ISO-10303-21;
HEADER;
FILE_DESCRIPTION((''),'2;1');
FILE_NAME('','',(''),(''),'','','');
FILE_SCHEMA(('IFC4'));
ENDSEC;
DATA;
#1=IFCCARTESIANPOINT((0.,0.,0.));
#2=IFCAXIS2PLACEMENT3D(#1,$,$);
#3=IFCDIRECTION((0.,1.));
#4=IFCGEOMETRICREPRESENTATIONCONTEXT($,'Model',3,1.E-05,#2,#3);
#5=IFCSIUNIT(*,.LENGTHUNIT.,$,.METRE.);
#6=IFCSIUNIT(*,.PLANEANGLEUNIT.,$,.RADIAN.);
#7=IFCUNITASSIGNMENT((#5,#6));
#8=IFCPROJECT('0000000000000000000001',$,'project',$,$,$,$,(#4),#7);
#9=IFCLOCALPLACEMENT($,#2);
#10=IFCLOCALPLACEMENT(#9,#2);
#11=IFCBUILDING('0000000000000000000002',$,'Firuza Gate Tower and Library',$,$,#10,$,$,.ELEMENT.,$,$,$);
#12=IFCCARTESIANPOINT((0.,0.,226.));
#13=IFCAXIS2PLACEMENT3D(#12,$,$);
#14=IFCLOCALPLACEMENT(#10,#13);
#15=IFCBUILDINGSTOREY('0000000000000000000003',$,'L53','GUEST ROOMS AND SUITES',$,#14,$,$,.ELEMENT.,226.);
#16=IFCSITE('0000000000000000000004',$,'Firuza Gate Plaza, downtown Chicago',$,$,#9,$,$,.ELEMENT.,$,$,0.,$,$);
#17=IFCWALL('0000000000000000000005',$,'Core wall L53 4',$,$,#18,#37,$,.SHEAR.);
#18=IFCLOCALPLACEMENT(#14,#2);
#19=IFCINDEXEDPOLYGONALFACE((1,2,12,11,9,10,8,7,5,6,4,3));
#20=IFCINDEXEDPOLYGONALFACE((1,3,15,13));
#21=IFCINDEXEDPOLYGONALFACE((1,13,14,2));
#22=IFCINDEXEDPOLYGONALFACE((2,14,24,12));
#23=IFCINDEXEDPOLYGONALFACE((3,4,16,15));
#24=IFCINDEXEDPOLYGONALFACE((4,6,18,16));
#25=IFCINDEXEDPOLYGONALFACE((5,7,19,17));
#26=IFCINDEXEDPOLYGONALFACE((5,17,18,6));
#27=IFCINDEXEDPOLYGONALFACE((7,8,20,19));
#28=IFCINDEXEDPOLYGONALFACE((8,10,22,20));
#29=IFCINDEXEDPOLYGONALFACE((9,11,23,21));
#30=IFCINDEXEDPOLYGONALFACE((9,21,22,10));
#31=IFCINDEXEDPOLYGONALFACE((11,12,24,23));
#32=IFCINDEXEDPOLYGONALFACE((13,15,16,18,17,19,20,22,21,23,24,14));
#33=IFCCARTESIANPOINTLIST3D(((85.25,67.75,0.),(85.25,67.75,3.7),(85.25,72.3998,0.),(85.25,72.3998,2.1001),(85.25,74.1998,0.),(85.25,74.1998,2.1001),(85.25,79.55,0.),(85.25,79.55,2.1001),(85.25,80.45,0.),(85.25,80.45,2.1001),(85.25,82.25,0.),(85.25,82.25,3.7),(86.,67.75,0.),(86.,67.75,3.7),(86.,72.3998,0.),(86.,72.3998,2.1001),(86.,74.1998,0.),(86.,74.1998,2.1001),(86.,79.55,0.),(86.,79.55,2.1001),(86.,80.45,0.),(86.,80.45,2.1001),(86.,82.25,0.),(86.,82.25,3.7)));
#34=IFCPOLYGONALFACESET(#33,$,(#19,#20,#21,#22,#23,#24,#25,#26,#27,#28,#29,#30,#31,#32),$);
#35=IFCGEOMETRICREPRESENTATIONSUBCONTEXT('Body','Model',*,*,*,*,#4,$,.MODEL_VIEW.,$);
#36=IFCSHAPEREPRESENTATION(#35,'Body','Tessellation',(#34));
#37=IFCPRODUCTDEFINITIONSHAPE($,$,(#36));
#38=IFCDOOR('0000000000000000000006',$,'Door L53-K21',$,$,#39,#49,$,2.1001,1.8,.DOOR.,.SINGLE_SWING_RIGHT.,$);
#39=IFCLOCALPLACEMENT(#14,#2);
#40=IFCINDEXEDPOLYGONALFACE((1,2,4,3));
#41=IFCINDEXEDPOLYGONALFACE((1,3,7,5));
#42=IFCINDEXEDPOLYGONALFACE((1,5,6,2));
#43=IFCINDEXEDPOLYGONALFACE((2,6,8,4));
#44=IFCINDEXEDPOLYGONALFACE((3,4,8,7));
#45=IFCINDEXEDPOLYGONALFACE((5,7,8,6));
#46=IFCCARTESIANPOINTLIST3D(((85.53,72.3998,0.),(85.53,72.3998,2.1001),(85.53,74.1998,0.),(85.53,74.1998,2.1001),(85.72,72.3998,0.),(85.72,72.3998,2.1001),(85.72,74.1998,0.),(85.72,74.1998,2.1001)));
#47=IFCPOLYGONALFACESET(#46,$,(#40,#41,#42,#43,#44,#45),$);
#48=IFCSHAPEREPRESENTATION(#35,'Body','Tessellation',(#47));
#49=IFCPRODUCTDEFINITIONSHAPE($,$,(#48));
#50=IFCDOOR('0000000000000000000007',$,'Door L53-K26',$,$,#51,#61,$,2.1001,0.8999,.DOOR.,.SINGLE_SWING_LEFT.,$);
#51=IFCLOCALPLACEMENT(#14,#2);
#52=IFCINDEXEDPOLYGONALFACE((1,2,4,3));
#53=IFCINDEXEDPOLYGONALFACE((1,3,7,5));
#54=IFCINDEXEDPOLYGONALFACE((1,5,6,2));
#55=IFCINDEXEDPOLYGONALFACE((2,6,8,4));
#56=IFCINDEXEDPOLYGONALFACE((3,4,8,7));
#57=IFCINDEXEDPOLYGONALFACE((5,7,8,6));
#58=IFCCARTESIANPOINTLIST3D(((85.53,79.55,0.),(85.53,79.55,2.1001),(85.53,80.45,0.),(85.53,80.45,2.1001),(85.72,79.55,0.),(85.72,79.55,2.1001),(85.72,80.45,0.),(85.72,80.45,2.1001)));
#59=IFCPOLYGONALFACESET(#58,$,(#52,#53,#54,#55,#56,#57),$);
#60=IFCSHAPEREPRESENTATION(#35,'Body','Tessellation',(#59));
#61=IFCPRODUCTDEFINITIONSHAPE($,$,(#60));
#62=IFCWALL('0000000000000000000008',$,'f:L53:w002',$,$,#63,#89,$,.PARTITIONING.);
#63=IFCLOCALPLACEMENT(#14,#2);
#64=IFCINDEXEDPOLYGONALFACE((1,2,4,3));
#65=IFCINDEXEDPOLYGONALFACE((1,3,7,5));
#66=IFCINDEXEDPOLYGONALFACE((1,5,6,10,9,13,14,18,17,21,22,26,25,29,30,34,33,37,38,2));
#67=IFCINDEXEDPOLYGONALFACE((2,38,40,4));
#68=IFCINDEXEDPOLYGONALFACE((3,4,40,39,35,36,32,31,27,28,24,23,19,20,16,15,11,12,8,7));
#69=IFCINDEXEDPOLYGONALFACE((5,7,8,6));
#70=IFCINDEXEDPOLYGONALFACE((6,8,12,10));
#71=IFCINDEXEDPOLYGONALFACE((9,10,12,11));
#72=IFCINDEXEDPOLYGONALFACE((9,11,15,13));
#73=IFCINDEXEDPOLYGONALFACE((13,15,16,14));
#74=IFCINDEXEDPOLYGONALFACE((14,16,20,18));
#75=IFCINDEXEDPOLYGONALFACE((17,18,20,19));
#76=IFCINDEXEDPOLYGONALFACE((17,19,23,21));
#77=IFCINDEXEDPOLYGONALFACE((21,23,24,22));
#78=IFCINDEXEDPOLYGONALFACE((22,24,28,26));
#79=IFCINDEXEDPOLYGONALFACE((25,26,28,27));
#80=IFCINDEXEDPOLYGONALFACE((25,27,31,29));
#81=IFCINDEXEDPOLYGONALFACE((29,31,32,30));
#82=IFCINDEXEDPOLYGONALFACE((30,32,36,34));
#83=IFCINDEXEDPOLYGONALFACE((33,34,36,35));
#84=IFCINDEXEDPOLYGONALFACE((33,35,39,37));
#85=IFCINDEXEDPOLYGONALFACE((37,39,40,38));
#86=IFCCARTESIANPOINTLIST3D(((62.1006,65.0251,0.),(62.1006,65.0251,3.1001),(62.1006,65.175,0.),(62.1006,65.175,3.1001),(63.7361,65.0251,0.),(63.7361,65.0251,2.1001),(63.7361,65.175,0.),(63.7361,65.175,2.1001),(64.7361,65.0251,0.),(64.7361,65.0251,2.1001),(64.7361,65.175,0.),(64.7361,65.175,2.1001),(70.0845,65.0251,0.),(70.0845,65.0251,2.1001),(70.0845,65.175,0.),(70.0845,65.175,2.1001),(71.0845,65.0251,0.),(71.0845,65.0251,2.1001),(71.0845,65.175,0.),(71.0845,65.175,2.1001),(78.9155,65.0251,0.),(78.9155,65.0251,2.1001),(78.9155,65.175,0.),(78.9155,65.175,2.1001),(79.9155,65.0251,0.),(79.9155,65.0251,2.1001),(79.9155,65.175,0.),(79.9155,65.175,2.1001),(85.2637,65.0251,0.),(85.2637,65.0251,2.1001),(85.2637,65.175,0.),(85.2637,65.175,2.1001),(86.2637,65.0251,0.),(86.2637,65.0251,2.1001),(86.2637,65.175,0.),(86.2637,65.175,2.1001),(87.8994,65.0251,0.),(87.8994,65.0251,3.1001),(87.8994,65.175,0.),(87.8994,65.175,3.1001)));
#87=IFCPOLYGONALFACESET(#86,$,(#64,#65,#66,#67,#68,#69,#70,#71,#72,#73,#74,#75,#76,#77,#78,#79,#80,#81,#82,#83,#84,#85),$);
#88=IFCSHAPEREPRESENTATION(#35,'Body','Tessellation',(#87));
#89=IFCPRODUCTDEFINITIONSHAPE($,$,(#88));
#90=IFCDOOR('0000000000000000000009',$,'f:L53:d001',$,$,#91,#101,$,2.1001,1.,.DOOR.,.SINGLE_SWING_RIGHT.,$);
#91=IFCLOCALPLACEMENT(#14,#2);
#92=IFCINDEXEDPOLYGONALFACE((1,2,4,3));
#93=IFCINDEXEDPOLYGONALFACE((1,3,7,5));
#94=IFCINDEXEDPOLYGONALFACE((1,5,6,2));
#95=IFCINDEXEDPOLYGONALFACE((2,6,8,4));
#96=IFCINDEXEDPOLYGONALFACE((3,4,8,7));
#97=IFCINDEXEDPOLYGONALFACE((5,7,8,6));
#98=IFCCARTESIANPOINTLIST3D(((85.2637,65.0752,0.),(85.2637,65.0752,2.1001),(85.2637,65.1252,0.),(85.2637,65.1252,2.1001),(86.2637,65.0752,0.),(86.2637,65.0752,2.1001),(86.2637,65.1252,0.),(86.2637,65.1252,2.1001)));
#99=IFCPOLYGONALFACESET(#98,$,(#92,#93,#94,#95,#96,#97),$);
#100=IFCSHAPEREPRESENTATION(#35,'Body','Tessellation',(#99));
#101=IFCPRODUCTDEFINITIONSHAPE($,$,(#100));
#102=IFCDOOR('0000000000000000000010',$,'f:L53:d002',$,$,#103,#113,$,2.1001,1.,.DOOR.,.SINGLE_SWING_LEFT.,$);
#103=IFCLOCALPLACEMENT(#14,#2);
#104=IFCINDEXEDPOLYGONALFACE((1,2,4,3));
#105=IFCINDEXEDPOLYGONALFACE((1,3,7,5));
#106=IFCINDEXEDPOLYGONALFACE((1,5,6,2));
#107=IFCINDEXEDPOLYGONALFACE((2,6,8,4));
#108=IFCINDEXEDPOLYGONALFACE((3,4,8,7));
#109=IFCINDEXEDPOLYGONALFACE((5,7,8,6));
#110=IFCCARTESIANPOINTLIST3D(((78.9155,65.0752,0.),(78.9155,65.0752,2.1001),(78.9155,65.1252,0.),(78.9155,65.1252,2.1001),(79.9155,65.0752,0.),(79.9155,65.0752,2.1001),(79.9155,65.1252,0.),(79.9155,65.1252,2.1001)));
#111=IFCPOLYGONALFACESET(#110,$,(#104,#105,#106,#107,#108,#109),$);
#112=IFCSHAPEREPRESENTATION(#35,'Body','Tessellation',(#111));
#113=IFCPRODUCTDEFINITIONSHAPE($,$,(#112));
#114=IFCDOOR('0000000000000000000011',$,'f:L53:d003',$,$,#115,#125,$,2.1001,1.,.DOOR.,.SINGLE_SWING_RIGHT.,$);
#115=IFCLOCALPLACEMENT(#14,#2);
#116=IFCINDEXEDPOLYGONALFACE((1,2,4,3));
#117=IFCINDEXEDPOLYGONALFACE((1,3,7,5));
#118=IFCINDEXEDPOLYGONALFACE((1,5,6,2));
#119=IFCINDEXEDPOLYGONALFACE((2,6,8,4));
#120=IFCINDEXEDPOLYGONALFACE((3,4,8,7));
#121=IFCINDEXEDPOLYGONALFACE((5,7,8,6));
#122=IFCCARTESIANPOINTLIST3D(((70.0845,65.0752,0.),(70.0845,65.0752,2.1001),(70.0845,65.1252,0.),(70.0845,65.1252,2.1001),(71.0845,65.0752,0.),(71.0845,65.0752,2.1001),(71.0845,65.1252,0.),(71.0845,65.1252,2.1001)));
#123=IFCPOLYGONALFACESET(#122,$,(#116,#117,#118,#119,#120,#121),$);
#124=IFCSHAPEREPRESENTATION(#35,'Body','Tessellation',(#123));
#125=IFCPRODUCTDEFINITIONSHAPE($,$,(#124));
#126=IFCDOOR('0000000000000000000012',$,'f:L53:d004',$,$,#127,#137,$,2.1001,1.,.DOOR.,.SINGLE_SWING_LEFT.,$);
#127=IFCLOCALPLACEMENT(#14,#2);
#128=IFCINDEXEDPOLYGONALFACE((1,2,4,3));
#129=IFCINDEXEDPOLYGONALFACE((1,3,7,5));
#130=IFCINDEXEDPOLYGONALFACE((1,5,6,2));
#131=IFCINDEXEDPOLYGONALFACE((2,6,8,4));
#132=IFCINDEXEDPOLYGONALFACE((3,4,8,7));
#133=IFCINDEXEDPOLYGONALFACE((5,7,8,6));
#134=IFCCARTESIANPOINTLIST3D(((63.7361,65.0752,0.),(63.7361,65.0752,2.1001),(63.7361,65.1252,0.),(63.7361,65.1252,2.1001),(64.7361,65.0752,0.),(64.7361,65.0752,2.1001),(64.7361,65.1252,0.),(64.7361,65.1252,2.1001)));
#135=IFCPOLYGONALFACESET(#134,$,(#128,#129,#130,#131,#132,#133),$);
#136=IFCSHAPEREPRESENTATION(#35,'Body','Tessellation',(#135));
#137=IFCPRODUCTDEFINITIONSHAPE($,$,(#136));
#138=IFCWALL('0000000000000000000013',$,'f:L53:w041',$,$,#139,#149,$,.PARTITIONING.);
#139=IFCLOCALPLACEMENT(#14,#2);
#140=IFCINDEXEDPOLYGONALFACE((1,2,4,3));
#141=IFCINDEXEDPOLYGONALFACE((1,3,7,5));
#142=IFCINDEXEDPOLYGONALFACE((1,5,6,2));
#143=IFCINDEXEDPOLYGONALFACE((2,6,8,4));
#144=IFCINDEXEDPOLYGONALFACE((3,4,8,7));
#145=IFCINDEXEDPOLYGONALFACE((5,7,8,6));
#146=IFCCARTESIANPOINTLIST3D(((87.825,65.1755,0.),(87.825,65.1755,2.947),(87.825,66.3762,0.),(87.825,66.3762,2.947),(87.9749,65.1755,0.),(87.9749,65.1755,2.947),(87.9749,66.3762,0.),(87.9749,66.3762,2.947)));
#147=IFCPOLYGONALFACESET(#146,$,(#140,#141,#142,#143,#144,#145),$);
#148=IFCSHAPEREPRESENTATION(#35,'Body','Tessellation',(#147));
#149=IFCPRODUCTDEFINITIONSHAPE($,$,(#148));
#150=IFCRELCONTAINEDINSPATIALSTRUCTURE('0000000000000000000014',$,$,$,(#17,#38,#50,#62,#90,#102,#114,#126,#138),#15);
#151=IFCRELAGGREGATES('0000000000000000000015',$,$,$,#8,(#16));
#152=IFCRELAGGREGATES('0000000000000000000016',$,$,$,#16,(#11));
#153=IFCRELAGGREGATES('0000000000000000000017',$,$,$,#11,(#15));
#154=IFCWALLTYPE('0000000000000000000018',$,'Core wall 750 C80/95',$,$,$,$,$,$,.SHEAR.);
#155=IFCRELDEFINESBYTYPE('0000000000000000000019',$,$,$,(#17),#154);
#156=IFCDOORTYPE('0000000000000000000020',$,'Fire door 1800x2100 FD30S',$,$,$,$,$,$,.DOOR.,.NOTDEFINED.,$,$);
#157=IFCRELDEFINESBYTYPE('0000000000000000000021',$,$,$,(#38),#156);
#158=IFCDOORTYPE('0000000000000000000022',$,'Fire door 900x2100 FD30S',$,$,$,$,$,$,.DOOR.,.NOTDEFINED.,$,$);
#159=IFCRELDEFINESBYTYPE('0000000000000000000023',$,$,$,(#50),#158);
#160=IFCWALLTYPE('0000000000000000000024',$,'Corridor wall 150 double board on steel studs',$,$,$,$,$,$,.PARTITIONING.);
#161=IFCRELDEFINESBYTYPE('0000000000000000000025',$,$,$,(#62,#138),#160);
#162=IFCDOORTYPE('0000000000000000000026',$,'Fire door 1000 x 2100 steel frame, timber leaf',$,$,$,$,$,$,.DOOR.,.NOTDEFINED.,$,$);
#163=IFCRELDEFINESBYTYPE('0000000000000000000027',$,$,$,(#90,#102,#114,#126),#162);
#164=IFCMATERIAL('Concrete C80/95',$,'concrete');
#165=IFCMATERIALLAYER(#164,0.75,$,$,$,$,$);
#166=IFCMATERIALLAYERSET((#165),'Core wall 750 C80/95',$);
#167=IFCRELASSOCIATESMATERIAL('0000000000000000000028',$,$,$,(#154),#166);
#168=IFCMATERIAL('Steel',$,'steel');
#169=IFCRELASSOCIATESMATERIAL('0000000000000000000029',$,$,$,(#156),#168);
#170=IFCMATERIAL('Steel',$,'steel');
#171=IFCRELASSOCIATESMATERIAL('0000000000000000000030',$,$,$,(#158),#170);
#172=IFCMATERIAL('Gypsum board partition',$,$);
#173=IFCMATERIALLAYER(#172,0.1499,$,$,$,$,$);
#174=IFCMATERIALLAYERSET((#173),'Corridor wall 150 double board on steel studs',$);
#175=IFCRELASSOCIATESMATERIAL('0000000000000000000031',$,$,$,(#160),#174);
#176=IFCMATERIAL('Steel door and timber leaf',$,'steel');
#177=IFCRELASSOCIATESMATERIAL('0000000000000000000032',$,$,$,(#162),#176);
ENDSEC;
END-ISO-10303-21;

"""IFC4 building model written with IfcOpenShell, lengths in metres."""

from ifc_helpers import new_model, si_unit, direction, frame, frame_2d, origin, place, context, subcontext, project, spatial, rectangle, extrude, material, layer, layer_set, type_object, element, fill, save


model = new_model("IFC4")

# Units and contexts
model_context = context("Model", 3, precision=1e-05, world=origin(), true_north=direction((0.0, 1.0)))
body_context = subcontext(model_context, "Body", "Model", "MODEL_VIEW")
ifc_project = project(units=[si_unit("LENGTHUNIT", "METRE"), si_unit("PLANEANGLEUNIT", "RADIAN")], contexts=[model_context])

# Site, building, storey
site_placement = place(None, origin())
site = spatial("IfcSite", under=ifc_project, at=site_placement, Name="Firuza Gate Plaza, downtown Chicago", CompositionType="ELEMENT", RefElevation=0.0)
building_placement = place(site_placement, origin())
building = spatial("IfcBuilding", under=site, at=building_placement, Name="Firuza Gate Tower and Library", CompositionType="ELEMENT")
storey_placement = place(building_placement, frame((0.0, 0.0, 226.0)))
storey = spatial("IfcBuildingStorey", under=building, at=storey_placement, Name="L53", Description="GUEST ROOMS AND SUITES", CompositionType="ELEMENT", Elevation=226.0)

# Walls, openings, doors
ifc_material_1 = material(Name="Concrete C80/95", Category="concrete")
ifc_layer_1 = layer(ifc_material_1, 0.75)
ifc_layer_set_1 = layer_set([ifc_layer_1], Name="Core wall 750 C80/95")
wall_type_1 = type_object("IfcWallType", Name="Core wall 750 C80/95", PredefinedType="SHEAR", material=ifc_layer_set_1)
wall_1_placement = place(storey_placement, frame((85.625, 67.75, 0.0), z_axis=(0.0, 0.0, 1.0), x_axis=(0.0, 1.0, 0.0)))
wall_1 = element("IfcWall", 1, at=wall_1_placement, inside=storey, type_object=wall_type_1, Name="Core wall L53 4", PredefinedType="SHEAR", context=body_context, shape_type="SweptSolid", body=[
    extrude(rectangle(XDim=14.5, YDim=0.75, at=frame_2d((7.25, 0.0))), origin(), (0.0, 0.0, 1.0), 3.7),
])
opening_1_placement = place(wall_1_placement, frame((4.6499, 0.0, 0.0)))
opening_1 = element("IfcOpeningElement", 2, at=opening_1_placement, cuts=wall_1, PredefinedType="OPENING", context=body_context, shape_type="SweptSolid", body=[
    extrude(rectangle(XDim=1.8, YDim=2.1001, at=frame_2d((0.8999, 1.05))), frame((0.0, 0.385, 0.0), z_axis=(0.0, -1.0, 0.0), x_axis=(1.0, 0.0, 0.0)), (0.0, 0.0, 1.0), 0.77),
])
opening_2_placement = place(wall_1_placement, frame((11.8, 0.0, 0.0)))
opening_2 = element("IfcOpeningElement", 3, at=opening_2_placement, cuts=wall_1, PredefinedType="OPENING", context=body_context, shape_type="SweptSolid", body=[
    extrude(rectangle(XDim=0.8999, YDim=2.1001, at=frame_2d((0.45, 1.05))), frame((0.0, 0.385, 0.0), z_axis=(0.0, -1.0, 0.0), x_axis=(1.0, 0.0, 0.0)), (0.0, 0.0, 1.0), 0.77),
])
ifc_material_2 = material(Name="Steel", Category="steel")
door_type_1 = type_object("IfcDoorType", Name="Fire door 1800x2100 FD30S", OperationType="NOTDEFINED", PredefinedType="DOOR", material=ifc_material_2)
door_1_placement = place(opening_1_placement, origin())
door_1 = element("IfcDoor", 4, at=door_1_placement, inside=storey, type_object=door_type_1, Name="Door L53-K21", OperationType="SINGLE_SWING_RIGHT", OverallHeight=2.1001, OverallWidth=1.8, PredefinedType="DOOR", context=body_context, shape_type="SweptSolid", body=[
    extrude(rectangle(XDim=1.8, YDim=2.1001, at=frame_2d((0.8999, 1.05))), frame((0.0, 0.095, 0.0), z_axis=(0.0, -1.0, 0.0), x_axis=(1.0, 0.0, 0.0)), (0.0, 0.0, 1.0), 0.1899),
])
fill(opening_1, door_1)
ifc_material_3 = material(Name="Steel", Category="steel")
door_type_2 = type_object("IfcDoorType", Name="Fire door 900x2100 FD30S", OperationType="NOTDEFINED", PredefinedType="DOOR", material=ifc_material_3)
door_2_placement = place(opening_2_placement, origin())
door_2 = element("IfcDoor", 5, at=door_2_placement, inside=storey, type_object=door_type_2, Name="Door L53-K26", OperationType="SINGLE_SWING_LEFT", OverallHeight=2.1001, OverallWidth=0.8999, PredefinedType="DOOR", context=body_context, shape_type="SweptSolid", body=[
    extrude(rectangle(XDim=0.8999, YDim=2.1001, at=frame_2d((0.45, 1.05))), frame((0.0, 0.095, 0.0), z_axis=(0.0, -1.0, 0.0), x_axis=(1.0, 0.0, 0.0)), (0.0, 0.0, 1.0), 0.1899),
])
fill(opening_2, door_2)
ifc_material_4 = material(Name="Gypsum board partition")
ifc_layer_2 = layer(ifc_material_4, 0.1499)
ifc_layer_set_2 = layer_set([ifc_layer_2], Name="Corridor wall 150 double board on steel studs")
wall_type_2 = type_object("IfcWallType", Name="Corridor wall 150 double board on steel studs", PredefinedType="PARTITIONING", material=ifc_layer_set_2)
wall_2_placement = place(storey_placement, frame((87.8994, 65.1001, 0.0), z_axis=(0.0, 0.0, 1.0), x_axis=(-1.0, 0.0, 0.0)))
wall_2 = element("IfcWall", 6, at=wall_2_placement, inside=storey, type_object=wall_type_2, Name="f:L53:w002", PredefinedType="PARTITIONING", context=body_context, shape_type="SweptSolid", body=[
    extrude(rectangle(XDim=25.7988, YDim=0.1499, at=frame_2d((12.8994, 0.0))), origin(), (0.0, 0.0, 1.0), 3.1001),
])
opening_3_placement = place(wall_2_placement, frame((1.6357, 0.0, 0.0)))
opening_3 = element("IfcOpeningElement", 7, at=opening_3_placement, cuts=wall_2, PredefinedType="OPENING", context=body_context, shape_type="SweptSolid", body=[
    extrude(rectangle(XDim=1.0, YDim=2.1001, at=frame_2d((0.5, 1.05))), frame((0.0, 0.085, 0.0), z_axis=(0.0, -1.0, 0.0), x_axis=(1.0, 0.0, 0.0)), (0.0, 0.0, 1.0), 0.1699),
])
opening_4_placement = place(wall_2_placement, frame((7.9839, 0.0, 0.0)))
opening_4 = element("IfcOpeningElement", 8, at=opening_4_placement, cuts=wall_2, PredefinedType="OPENING", context=body_context, shape_type="SweptSolid", body=[
    extrude(rectangle(XDim=1.0, YDim=2.1001, at=frame_2d((0.5, 1.05))), frame((0.0, 0.085, 0.0), z_axis=(0.0, -1.0, 0.0), x_axis=(1.0, 0.0, 0.0)), (0.0, 0.0, 1.0), 0.1699),
])
opening_5_placement = place(wall_2_placement, frame((16.8149, 0.0, 0.0)))
opening_5 = element("IfcOpeningElement", 9, at=opening_5_placement, cuts=wall_2, PredefinedType="OPENING", context=body_context, shape_type="SweptSolid", body=[
    extrude(rectangle(XDim=1.0, YDim=2.1001, at=frame_2d((0.5, 1.05))), frame((0.0, 0.085, 0.0), z_axis=(0.0, -1.0, 0.0), x_axis=(1.0, 0.0, 0.0)), (0.0, 0.0, 1.0), 0.1699),
])
opening_6_placement = place(wall_2_placement, frame((23.1633, 0.0, 0.0)))
opening_6 = element("IfcOpeningElement", 10, at=opening_6_placement, cuts=wall_2, PredefinedType="OPENING", context=body_context, shape_type="SweptSolid", body=[
    extrude(rectangle(XDim=1.0, YDim=2.1001, at=frame_2d((0.5, 1.05))), frame((0.0, 0.085, 0.0), z_axis=(0.0, -1.0, 0.0), x_axis=(1.0, 0.0, 0.0)), (0.0, 0.0, 1.0), 0.1699),
])
ifc_material_5 = material(Name="Steel door and timber leaf", Category="steel")
door_type_3 = type_object("IfcDoorType", Name="Fire door 1000 x 2100 steel frame, timber leaf", OperationType="NOTDEFINED", PredefinedType="DOOR", material=ifc_material_5)
door_3_placement = place(opening_3_placement, origin())
door_3 = element("IfcDoor", 11, at=door_3_placement, inside=storey, type_object=door_type_3, Name="f:L53:d001", OperationType="SINGLE_SWING_RIGHT", OverallHeight=2.1001, OverallWidth=1.0, PredefinedType="DOOR", context=body_context, shape_type="SweptSolid", body=[
    extrude(rectangle(XDim=1.0, YDim=2.1001, at=frame_2d((0.5, 1.05))), frame((0.0, 0.0249, 0.0), z_axis=(0.0, -1.0, 0.0), x_axis=(1.0, 0.0, 0.0)), (0.0, 0.0, 1.0), 0.05),
])
fill(opening_3, door_3)
door_4_placement = place(opening_4_placement, origin())
door_4 = element("IfcDoor", 12, at=door_4_placement, inside=storey, type_object=door_type_3, Name="f:L53:d002", OperationType="SINGLE_SWING_LEFT", OverallHeight=2.1001, OverallWidth=1.0, PredefinedType="DOOR", context=body_context, shape_type="SweptSolid", body=[
    extrude(rectangle(XDim=1.0, YDim=2.1001, at=frame_2d((0.5, 1.05))), frame((0.0, 0.0249, 0.0), z_axis=(0.0, -1.0, 0.0), x_axis=(1.0, 0.0, 0.0)), (0.0, 0.0, 1.0), 0.05),
])
fill(opening_4, door_4)
door_5_placement = place(opening_5_placement, origin())
door_5 = element("IfcDoor", 13, at=door_5_placement, inside=storey, type_object=door_type_3, Name="f:L53:d003", OperationType="SINGLE_SWING_RIGHT", OverallHeight=2.1001, OverallWidth=1.0, PredefinedType="DOOR", context=body_context, shape_type="SweptSolid", body=[
    extrude(rectangle(XDim=1.0, YDim=2.1001, at=frame_2d((0.5, 1.05))), frame((0.0, 0.0249, 0.0), z_axis=(0.0, -1.0, 0.0), x_axis=(1.0, 0.0, 0.0)), (0.0, 0.0, 1.0), 0.05),
])
fill(opening_5, door_5)
door_6_placement = place(opening_6_placement, origin())
door_6 = element("IfcDoor", 14, at=door_6_placement, inside=storey, type_object=door_type_3, Name="f:L53:d004", OperationType="SINGLE_SWING_LEFT", OverallHeight=2.1001, OverallWidth=1.0, PredefinedType="DOOR", context=body_context, shape_type="SweptSolid", body=[
    extrude(rectangle(XDim=1.0, YDim=2.1001, at=frame_2d((0.5, 1.05))), frame((0.0, 0.0249, 0.0), z_axis=(0.0, -1.0, 0.0), x_axis=(1.0, 0.0, 0.0)), (0.0, 0.0, 1.0), 0.05),
])
fill(opening_6, door_6)

# Wall
wall_3_placement = place(storey_placement, frame((87.8999, 65.1755, 0.0), z_axis=(0.0, 0.0, 1.0), x_axis=(0.0, 1.0, 0.0)))
element("IfcWall", 15, at=wall_3_placement, inside=storey, type_object=wall_type_2, Name="f:L53:w041", PredefinedType="PARTITIONING", context=body_context, shape_type="SweptSolid", body=[
    extrude(rectangle(XDim=1.2007, YDim=0.1499, at=frame_2d((0.6003, 0.0))), origin(), (0.0, 0.0, 1.0), 2.947),
])

save(model, "model.ifc")
